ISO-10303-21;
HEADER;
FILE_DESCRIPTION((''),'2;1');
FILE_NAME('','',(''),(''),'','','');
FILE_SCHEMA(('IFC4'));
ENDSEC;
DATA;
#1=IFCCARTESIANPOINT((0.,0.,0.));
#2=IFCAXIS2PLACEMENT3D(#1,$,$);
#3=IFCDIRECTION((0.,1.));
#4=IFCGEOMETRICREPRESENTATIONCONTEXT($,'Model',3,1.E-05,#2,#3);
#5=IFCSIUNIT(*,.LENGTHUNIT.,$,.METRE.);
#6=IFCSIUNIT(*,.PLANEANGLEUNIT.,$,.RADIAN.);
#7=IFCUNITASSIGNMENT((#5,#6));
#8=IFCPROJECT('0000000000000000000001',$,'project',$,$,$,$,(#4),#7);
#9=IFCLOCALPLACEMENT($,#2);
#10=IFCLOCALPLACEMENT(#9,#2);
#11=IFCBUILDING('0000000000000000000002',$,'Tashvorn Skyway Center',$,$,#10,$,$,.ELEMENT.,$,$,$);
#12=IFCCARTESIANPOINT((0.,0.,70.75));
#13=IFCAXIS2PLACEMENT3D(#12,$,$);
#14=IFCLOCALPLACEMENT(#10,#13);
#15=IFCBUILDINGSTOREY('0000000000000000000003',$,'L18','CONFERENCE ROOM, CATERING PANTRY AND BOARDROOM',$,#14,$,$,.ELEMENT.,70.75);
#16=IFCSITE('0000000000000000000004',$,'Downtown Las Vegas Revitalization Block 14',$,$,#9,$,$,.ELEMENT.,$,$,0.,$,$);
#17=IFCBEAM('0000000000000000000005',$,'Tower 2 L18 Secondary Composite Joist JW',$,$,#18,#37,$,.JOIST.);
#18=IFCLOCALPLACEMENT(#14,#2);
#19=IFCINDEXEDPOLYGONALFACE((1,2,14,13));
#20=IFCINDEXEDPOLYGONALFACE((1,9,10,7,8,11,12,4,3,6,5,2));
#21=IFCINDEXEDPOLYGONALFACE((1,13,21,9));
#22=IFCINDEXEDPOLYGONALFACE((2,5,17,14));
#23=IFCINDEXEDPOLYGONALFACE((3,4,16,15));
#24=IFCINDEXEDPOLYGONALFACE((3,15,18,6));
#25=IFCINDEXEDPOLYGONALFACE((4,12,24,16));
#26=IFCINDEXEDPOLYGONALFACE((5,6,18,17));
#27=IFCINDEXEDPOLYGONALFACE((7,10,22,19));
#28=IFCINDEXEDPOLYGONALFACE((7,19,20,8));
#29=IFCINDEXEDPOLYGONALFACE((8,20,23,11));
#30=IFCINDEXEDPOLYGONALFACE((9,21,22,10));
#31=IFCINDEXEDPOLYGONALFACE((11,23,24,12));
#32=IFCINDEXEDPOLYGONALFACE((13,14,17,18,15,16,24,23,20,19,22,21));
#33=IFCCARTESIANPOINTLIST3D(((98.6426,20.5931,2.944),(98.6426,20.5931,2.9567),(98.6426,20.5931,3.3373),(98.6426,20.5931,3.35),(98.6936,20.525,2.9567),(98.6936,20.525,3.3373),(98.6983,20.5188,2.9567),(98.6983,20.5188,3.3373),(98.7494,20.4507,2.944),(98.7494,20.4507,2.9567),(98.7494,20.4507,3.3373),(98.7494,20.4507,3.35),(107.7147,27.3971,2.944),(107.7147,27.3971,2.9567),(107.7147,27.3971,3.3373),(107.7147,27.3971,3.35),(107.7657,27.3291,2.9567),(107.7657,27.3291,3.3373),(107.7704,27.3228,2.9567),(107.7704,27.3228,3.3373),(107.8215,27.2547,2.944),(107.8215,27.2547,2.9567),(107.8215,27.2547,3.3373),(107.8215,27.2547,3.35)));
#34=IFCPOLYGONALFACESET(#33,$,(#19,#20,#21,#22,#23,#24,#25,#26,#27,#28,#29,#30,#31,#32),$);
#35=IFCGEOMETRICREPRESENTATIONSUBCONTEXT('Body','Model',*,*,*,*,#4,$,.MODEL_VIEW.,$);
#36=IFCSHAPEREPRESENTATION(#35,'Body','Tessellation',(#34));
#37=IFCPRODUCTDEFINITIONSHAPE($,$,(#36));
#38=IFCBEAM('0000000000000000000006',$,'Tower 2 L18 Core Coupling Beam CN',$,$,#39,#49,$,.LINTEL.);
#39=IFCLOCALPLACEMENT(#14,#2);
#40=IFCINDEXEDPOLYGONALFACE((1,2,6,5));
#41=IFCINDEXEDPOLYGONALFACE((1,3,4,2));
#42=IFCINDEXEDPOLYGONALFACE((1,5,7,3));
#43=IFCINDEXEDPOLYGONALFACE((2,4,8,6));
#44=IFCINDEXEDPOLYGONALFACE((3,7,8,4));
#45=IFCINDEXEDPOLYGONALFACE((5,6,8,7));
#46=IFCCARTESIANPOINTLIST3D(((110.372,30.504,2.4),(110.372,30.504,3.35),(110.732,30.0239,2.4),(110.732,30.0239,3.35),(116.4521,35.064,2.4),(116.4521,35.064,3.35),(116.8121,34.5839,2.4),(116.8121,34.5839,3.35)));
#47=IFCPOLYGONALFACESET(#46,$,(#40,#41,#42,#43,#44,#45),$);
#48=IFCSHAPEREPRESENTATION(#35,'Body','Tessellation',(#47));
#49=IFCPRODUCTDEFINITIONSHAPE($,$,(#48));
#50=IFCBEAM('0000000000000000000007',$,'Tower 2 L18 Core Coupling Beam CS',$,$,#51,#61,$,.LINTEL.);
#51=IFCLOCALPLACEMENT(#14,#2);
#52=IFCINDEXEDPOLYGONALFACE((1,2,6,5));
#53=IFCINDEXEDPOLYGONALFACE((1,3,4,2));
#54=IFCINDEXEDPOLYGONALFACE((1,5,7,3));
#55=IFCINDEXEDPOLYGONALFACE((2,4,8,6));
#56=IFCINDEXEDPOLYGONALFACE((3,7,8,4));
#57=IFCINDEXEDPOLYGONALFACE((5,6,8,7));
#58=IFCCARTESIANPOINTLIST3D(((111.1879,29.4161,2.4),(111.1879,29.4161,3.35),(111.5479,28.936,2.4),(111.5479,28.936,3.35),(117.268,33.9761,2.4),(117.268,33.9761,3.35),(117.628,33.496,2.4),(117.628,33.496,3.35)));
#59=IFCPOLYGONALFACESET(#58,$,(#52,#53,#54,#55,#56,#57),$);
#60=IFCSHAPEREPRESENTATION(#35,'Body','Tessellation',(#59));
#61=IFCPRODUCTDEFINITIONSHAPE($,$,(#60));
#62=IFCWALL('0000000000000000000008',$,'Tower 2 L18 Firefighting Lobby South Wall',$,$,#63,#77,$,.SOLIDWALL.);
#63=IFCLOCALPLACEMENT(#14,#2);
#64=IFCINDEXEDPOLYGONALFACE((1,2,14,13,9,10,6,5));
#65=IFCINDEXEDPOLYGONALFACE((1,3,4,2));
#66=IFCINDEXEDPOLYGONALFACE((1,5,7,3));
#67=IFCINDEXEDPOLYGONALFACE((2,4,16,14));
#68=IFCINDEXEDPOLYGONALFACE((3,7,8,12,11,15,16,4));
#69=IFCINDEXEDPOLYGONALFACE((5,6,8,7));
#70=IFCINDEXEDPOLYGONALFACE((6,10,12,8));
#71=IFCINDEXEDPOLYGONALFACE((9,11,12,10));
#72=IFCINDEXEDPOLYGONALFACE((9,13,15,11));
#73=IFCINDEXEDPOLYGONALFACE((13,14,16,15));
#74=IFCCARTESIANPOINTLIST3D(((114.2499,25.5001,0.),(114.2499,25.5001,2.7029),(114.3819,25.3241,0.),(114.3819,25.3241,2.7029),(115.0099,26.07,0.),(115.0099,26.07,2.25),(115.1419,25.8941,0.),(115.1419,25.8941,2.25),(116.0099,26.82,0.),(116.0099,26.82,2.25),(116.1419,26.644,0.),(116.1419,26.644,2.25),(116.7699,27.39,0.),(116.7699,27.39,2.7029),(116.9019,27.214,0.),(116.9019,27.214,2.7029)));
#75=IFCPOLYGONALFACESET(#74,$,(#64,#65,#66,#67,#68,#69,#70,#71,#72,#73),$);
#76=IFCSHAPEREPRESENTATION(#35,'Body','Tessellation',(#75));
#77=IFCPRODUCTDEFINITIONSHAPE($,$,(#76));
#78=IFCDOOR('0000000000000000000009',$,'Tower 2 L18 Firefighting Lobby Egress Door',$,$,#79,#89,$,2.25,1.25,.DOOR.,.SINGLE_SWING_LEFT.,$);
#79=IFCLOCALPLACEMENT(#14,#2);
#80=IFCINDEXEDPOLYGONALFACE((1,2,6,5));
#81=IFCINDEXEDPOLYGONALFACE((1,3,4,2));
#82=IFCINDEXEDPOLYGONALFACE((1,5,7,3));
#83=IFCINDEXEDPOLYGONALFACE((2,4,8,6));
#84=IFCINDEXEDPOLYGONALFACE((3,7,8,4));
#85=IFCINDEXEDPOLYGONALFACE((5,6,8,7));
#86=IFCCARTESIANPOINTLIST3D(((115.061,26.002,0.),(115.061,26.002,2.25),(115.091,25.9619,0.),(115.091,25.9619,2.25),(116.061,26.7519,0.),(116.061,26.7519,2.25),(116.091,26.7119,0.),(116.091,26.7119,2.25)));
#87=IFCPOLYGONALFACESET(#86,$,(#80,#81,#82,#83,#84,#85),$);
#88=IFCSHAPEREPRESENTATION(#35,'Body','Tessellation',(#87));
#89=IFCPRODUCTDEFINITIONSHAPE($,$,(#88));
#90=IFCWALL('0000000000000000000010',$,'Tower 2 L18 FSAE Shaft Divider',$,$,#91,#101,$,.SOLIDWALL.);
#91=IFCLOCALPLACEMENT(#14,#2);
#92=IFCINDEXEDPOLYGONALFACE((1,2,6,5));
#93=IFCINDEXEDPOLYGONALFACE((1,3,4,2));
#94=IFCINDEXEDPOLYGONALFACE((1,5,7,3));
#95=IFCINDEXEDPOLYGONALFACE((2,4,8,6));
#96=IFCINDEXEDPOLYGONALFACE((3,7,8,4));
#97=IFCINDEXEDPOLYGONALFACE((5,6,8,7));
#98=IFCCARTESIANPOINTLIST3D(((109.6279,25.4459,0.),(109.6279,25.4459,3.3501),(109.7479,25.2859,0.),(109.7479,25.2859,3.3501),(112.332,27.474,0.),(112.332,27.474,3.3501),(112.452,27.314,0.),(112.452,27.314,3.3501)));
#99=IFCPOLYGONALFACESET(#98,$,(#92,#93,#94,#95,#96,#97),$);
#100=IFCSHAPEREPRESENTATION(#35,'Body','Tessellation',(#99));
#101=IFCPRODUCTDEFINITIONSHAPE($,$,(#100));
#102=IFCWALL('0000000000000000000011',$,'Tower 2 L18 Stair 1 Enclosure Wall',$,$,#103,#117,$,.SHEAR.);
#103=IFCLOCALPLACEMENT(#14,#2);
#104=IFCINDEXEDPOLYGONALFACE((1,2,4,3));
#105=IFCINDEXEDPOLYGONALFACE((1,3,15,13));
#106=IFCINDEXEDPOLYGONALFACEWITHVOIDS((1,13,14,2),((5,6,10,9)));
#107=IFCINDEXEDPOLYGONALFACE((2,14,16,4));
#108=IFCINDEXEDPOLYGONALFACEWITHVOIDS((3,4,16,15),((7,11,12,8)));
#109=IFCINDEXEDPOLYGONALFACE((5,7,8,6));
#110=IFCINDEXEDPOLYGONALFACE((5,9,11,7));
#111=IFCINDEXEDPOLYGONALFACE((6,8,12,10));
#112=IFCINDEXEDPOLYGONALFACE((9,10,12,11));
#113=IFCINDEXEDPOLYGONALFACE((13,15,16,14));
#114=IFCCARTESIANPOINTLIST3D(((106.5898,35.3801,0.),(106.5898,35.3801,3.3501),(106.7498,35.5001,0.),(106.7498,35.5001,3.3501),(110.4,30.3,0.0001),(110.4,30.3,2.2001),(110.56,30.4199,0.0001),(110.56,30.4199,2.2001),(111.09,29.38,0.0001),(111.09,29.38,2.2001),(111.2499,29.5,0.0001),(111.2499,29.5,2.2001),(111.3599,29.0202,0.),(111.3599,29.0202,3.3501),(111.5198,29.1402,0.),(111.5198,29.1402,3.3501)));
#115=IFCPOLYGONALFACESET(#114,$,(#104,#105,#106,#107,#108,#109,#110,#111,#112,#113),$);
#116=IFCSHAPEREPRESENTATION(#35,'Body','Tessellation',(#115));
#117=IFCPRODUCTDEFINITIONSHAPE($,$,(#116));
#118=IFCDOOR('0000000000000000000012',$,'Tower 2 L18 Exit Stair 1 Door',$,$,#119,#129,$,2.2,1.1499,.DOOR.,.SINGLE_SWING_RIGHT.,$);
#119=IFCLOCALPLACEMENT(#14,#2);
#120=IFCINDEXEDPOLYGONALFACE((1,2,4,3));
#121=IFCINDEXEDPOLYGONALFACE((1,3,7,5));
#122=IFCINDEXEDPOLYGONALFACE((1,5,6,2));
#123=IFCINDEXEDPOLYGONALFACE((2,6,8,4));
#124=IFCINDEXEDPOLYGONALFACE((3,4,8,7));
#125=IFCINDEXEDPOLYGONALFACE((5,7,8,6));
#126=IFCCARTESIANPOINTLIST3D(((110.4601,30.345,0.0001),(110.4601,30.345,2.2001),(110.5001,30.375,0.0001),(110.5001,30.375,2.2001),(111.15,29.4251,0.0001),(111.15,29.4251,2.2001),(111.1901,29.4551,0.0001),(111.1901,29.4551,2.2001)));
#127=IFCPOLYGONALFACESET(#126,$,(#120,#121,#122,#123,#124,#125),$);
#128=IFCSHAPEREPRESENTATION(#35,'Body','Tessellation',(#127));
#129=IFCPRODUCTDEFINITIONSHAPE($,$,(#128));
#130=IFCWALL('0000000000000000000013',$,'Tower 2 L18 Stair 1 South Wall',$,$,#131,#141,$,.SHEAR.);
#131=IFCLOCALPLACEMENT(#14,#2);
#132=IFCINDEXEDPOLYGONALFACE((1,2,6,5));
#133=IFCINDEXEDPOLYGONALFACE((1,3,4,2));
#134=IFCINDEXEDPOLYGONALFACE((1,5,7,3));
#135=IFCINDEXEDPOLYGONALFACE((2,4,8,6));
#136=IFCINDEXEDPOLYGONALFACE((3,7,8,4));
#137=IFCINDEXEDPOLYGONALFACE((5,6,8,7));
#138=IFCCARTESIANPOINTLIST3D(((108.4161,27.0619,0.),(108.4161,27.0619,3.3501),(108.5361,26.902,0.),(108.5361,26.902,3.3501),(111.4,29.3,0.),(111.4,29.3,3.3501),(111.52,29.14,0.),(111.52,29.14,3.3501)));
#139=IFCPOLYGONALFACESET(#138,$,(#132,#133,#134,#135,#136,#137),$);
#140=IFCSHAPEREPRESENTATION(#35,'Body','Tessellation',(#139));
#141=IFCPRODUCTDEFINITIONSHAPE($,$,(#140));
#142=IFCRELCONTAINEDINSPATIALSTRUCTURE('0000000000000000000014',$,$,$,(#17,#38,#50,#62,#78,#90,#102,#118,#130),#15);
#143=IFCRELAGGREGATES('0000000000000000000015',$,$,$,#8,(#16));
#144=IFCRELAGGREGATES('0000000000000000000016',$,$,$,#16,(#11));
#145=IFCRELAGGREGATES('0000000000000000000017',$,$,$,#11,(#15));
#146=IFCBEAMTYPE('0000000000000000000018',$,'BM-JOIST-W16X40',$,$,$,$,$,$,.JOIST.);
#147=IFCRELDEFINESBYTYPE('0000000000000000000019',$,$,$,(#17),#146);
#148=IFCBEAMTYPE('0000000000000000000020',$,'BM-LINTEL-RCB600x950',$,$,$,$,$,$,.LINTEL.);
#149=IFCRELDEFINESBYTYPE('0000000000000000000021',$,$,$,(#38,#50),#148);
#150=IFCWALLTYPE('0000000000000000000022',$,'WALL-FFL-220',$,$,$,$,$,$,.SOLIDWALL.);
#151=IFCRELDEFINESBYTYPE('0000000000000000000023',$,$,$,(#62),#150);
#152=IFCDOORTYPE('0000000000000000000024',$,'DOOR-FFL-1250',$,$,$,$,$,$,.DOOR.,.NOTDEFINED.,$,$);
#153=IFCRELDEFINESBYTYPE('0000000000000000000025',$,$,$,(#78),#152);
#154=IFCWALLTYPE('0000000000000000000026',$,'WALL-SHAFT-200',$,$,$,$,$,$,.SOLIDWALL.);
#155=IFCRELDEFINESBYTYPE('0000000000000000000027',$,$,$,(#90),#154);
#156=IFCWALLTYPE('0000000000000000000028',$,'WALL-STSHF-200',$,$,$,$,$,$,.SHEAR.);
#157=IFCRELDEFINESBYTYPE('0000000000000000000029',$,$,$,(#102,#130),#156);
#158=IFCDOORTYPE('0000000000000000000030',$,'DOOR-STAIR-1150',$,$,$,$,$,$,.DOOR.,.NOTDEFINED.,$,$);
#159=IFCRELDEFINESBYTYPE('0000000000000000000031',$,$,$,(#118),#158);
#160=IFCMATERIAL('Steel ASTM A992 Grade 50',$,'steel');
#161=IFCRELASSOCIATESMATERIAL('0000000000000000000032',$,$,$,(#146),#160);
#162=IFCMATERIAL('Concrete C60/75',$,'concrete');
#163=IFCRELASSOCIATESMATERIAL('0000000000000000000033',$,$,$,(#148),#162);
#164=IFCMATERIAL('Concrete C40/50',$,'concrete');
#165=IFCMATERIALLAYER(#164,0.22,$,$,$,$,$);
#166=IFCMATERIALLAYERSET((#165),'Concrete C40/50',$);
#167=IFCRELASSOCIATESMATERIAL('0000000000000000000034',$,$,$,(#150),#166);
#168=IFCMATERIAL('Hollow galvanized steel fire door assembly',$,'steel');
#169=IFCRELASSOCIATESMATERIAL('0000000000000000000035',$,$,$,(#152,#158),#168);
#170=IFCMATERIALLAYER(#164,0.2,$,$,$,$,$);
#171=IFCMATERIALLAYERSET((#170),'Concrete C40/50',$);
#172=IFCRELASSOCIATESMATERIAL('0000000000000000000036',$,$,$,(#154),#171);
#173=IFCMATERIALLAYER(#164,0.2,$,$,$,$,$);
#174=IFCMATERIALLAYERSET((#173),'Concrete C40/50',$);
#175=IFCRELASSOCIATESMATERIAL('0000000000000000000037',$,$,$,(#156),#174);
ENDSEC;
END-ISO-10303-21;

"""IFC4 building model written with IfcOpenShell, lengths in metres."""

from ifc_helpers import new_model, si_unit, direction, frame, frame_2d, origin, origin_2d, place, context, subcontext, project, spatial, rectangle, i_section, extrude, material, layer, layer_set, material_profile, profile_set, type_object, element, fill, save


model = new_model("IFC4")

# Units and contexts
model_context = context("Model", 3, precision=1e-05, world=origin(), true_north=direction((0.0, 1.0)))
body_context = subcontext(model_context, "Body", "Model", "MODEL_VIEW")
ifc_project = project(units=[si_unit("LENGTHUNIT", "METRE"), si_unit("PLANEANGLEUNIT", "RADIAN")], contexts=[model_context])

# Site, building, storey
site_placement = place(None, origin())
site = spatial("IfcSite", under=ifc_project, at=site_placement, Name="Downtown Las Vegas Revitalization Block 14", CompositionType="ELEMENT", RefElevation=0.0)
building_placement = place(site_placement, origin())
building = spatial("IfcBuilding", under=site, at=building_placement, Name="Tashvorn Skyway Center", CompositionType="ELEMENT")
storey_placement = place(building_placement, frame((0.0, 0.0, 70.75)))
storey = spatial("IfcBuildingStorey", under=building, at=storey_placement, Name="L18", Description="CONFERENCE ROOM, CATERING PANTRY AND BOARDROOM", CompositionType="ELEMENT", Elevation=70.75)

# Beams
ifc_material_1 = material(Name="Steel ASTM A992 Grade 50", Category="steel")
ifc_material_profile_1 = material_profile(ifc_material_1, i_section(OverallWidth=0.178, OverallDepth=0.406, WebThickness=0.0078, FlangeThickness=0.0127, at=origin_2d()), Name="W16X40")
ifc_profile_set_1 = profile_set([ifc_material_profile_1], Name="Steel ASTM A992 Grade 50")
beam_type_1 = type_object("IfcBeamType", Name="BM-JOIST-W16X40", PredefinedType="JOIST", material=ifc_profile_set_1)
beam_placement = place(storey_placement, frame((107.7681, 27.3259, 3.147), z_axis=(-0.800003, -0.599997, 0.0), x_axis=(0.599997, -0.800003, 0.0)))
element("IfcBeam", 1, at=beam_placement, inside=storey, type_object=beam_type_1, Name="Tower 2 L18 Secondary Composite Joist JW", PredefinedType="JOIST", context=body_context, shape_type="SweptSolid", body=[
    extrude(i_section(OverallWidth=0.178, OverallDepth=0.406, WebThickness=0.0078, FlangeThickness=0.0127, at=origin_2d()), origin(), (0.0, 0.0, 1.0), 11.3401),
])
ifc_material_2 = material(Name="Concrete C60/75", Category="concrete")
ifc_material_profile_2 = material_profile(ifc_material_2, rectangle(XDim=0.6001, YDim=0.95, at=origin_2d()), Name="RCB600x950")
ifc_profile_set_2 = profile_set([ifc_material_profile_2], Name="Concrete C60/75")
beam_type_2 = type_object("IfcBeamType", Name="BM-LINTEL-RCB600x950", PredefinedType="LINTEL", material=ifc_profile_set_2)
for number, where, z_axis, x_axis, name in (
    (2, (110.552, 30.2639, 2.875), (0.8, 0.6, 0.0), (-0.6, 0.8, 0.0), "Tower 2 L18 Core Coupling Beam CN"),
    (3, (111.3679, 29.176, 2.875), (0.8, 0.6, 0.0), (-0.6, 0.8, 0.0), "Tower 2 L18 Core Coupling Beam CS"),
):
    element("IfcBeam", number, at=place(storey_placement, frame(where, z_axis=z_axis, x_axis=x_axis)), inside=storey, type_object=beam_type_2, Name=name, PredefinedType="LINTEL", context=body_context, shape_type="SweptSolid", body=[
        extrude(rectangle(XDim=0.6001, YDim=0.95, at=origin_2d()), origin(), (0.0, 0.0, 1.0), 7.6001),
    ])

# Wall, opening, door
ifc_material_3 = material(Name="Concrete C40/50", Category="concrete")
ifc_layer_1 = layer(ifc_material_3, 0.22)
ifc_layer_set_1 = layer_set([ifc_layer_1], Name="Concrete C40/50")
wall_type_1 = type_object("IfcWallType", Name="WALL-FFL-220", PredefinedType="SOLIDWALL", material=ifc_layer_set_1)
wall_1_placement = place(storey_placement, frame((114.3159, 25.4121, 0.0), z_axis=(0.0, 0.0, 1.0), x_axis=(0.800019, 0.599975, 0.0)))
wall_1 = element("IfcWall", 4, at=wall_1_placement, inside=storey, type_object=wall_type_1, Name="Tower 2 L18 Firefighting Lobby South Wall", PredefinedType="SOLIDWALL", context=body_context, shape_type="SweptSolid", body=[
    extrude(rectangle(XDim=3.1499, YDim=0.22, at=frame_2d((1.575, 0.0))), origin(), (0.0, 0.0, 1.0), 2.7029),
])
opening_1_placement = place(wall_1_placement, frame((0.95, 0.0, 0.0)))
opening_1 = element("IfcOpeningElement", 5, at=opening_1_placement, cuts=wall_1, PredefinedType="OPENING", context=body_context, shape_type="SweptSolid", body=[
    extrude(rectangle(XDim=1.25, YDim=2.25, at=frame_2d((0.625, 1.125))), frame((0.0, 0.1199, 0.0), z_axis=(0.0, -1.0, 0.0), x_axis=(1.0, 0.0, 0.0)), (0.0, 0.0, 1.0), 0.24),
])
ifc_material_4 = material(Name="Hollow galvanized steel fire door assembly", Category="steel")
door_type_1 = type_object("IfcDoorType", Name="DOOR-FFL-1250", OperationType="NOTDEFINED", PredefinedType="DOOR", material=ifc_material_4)
door_1_placement = place(opening_1_placement, origin())
door_1 = element("IfcDoor", 6, at=door_1_placement, inside=storey, type_object=door_type_1, Name="Tower 2 L18 Firefighting Lobby Egress Door", OperationType="SINGLE_SWING_LEFT", OverallHeight=2.25, OverallWidth=1.25, PredefinedType="DOOR", context=body_context, shape_type="SweptSolid", body=[
    extrude(rectangle(XDim=1.25, YDim=2.25, at=frame_2d((0.625, 1.125))), frame((0.0, 0.0249, 0.0), z_axis=(0.0, -1.0, 0.0), x_axis=(1.0, 0.0, 0.0)), (0.0, 0.0, 1.0), 0.05),
])
fill(opening_1, door_1)

# Wall
ifc_layer_2 = layer(ifc_material_3, 0.2)
ifc_layer_set_2 = layer_set([ifc_layer_2], Name="Concrete C40/50")
wall_type_2 = type_object("IfcWallType", Name="WALL-SHAFT-200", PredefinedType="SOLIDWALL", material=ifc_layer_set_2)
wall_2_placement = place(storey_placement, frame((109.688, 25.366, 0.0), z_axis=(0.0, 0.0, 1.0), x_axis=(0.8, 0.6, 0.0)))
element("IfcWall", 7, at=wall_2_placement, inside=storey, type_object=wall_type_2, Name="Tower 2 L18 FSAE Shaft Divider", PredefinedType="SOLIDWALL", context=body_context, shape_type="SweptSolid", body=[
    extrude(rectangle(XDim=3.3801, YDim=0.2, at=frame_2d((1.6899, 0.0))), origin(), (0.0, 0.0, 1.0), 3.3501),
])

# Wall, opening, door
ifc_layer_3 = layer(ifc_material_3, 0.2)
ifc_layer_set_3 = layer_set([ifc_layer_3], Name="Concrete C40/50")
wall_type_3 = type_object("IfcWallType", Name="WALL-STSHF-200", PredefinedType="SHEAR", material=ifc_layer_set_3)
wall_3_placement = place(storey_placement, frame((111.4399, 29.0801, 0.0), z_axis=(0.0, 0.0, 1.0), x_axis=(-0.60001, 0.799993, 0.0)))
wall_3 = element("IfcWall", 8, at=wall_3_placement, inside=storey, type_object=wall_type_3, Name="Tower 2 L18 Stair 1 Enclosure Wall", PredefinedType="SHEAR", context=body_context, shape_type="SweptSolid", body=[
    extrude(rectangle(XDim=7.95, YDim=0.2, at=frame_2d((3.9751, 0.0))), origin(), (0.0, 0.0, 1.0), 3.3501),
])
opening_2_placement = place(wall_3_placement, frame((0.45, 0.0, 0.0)))
opening_2 = element("IfcOpeningElement", 9, at=opening_2_placement, cuts=wall_3, PredefinedType="OPENING", context=body_context, shape_type="SweptSolid", body=[
    extrude(rectangle(XDim=1.1499, YDim=2.2, at=frame_2d((0.575, 1.1001))), frame((0.0, 0.1099, 0.0), z_axis=(0.0, -1.0, 0.0), x_axis=(1.0, 0.0, 0.0)), (0.0, 0.0, 1.0), 0.22),
])
door_type_2 = type_object("IfcDoorType", Name="DOOR-STAIR-1150", OperationType="NOTDEFINED", PredefinedType="DOOR", material=ifc_material_4)
door_2_placement = place(opening_2_placement, origin())
door_2 = element("IfcDoor", 10, at=door_2_placement, inside=storey, type_object=door_type_2, Name="Tower 2 L18 Exit Stair 1 Door", OperationType="SINGLE_SWING_RIGHT", OverallHeight=2.2, OverallWidth=1.1499, PredefinedType="DOOR", context=body_context, shape_type="SweptSolid", body=[
    extrude(rectangle(XDim=1.1499, YDim=2.2, at=frame_2d((0.575, 1.1001))), frame((0.0, 0.0249, 0.0), z_axis=(0.0, -1.0, 0.0), x_axis=(1.0, 0.0, 0.0)), (0.0, 0.0, 1.0), 0.05),
])
fill(opening_2, door_2)

# Wall
wall_4_placement = place(storey_placement, frame((108.4761, 26.9819, 0.0), z_axis=(0.0, 0.0, 1.0), x_axis=(0.799984, 0.600021, 0.0)))
element("IfcWall", 11, at=wall_4_placement, inside=storey, type_object=wall_type_3, Name="Tower 2 L18 Stair 1 South Wall", PredefinedType="SHEAR", context=body_context, shape_type="SweptSolid", body=[
    extrude(rectangle(XDim=3.73, YDim=0.2, at=frame_2d((1.865, 0.0))), origin(), (0.0, 0.0, 1.0), 3.3501),
])

save(model, "model.ifc")
